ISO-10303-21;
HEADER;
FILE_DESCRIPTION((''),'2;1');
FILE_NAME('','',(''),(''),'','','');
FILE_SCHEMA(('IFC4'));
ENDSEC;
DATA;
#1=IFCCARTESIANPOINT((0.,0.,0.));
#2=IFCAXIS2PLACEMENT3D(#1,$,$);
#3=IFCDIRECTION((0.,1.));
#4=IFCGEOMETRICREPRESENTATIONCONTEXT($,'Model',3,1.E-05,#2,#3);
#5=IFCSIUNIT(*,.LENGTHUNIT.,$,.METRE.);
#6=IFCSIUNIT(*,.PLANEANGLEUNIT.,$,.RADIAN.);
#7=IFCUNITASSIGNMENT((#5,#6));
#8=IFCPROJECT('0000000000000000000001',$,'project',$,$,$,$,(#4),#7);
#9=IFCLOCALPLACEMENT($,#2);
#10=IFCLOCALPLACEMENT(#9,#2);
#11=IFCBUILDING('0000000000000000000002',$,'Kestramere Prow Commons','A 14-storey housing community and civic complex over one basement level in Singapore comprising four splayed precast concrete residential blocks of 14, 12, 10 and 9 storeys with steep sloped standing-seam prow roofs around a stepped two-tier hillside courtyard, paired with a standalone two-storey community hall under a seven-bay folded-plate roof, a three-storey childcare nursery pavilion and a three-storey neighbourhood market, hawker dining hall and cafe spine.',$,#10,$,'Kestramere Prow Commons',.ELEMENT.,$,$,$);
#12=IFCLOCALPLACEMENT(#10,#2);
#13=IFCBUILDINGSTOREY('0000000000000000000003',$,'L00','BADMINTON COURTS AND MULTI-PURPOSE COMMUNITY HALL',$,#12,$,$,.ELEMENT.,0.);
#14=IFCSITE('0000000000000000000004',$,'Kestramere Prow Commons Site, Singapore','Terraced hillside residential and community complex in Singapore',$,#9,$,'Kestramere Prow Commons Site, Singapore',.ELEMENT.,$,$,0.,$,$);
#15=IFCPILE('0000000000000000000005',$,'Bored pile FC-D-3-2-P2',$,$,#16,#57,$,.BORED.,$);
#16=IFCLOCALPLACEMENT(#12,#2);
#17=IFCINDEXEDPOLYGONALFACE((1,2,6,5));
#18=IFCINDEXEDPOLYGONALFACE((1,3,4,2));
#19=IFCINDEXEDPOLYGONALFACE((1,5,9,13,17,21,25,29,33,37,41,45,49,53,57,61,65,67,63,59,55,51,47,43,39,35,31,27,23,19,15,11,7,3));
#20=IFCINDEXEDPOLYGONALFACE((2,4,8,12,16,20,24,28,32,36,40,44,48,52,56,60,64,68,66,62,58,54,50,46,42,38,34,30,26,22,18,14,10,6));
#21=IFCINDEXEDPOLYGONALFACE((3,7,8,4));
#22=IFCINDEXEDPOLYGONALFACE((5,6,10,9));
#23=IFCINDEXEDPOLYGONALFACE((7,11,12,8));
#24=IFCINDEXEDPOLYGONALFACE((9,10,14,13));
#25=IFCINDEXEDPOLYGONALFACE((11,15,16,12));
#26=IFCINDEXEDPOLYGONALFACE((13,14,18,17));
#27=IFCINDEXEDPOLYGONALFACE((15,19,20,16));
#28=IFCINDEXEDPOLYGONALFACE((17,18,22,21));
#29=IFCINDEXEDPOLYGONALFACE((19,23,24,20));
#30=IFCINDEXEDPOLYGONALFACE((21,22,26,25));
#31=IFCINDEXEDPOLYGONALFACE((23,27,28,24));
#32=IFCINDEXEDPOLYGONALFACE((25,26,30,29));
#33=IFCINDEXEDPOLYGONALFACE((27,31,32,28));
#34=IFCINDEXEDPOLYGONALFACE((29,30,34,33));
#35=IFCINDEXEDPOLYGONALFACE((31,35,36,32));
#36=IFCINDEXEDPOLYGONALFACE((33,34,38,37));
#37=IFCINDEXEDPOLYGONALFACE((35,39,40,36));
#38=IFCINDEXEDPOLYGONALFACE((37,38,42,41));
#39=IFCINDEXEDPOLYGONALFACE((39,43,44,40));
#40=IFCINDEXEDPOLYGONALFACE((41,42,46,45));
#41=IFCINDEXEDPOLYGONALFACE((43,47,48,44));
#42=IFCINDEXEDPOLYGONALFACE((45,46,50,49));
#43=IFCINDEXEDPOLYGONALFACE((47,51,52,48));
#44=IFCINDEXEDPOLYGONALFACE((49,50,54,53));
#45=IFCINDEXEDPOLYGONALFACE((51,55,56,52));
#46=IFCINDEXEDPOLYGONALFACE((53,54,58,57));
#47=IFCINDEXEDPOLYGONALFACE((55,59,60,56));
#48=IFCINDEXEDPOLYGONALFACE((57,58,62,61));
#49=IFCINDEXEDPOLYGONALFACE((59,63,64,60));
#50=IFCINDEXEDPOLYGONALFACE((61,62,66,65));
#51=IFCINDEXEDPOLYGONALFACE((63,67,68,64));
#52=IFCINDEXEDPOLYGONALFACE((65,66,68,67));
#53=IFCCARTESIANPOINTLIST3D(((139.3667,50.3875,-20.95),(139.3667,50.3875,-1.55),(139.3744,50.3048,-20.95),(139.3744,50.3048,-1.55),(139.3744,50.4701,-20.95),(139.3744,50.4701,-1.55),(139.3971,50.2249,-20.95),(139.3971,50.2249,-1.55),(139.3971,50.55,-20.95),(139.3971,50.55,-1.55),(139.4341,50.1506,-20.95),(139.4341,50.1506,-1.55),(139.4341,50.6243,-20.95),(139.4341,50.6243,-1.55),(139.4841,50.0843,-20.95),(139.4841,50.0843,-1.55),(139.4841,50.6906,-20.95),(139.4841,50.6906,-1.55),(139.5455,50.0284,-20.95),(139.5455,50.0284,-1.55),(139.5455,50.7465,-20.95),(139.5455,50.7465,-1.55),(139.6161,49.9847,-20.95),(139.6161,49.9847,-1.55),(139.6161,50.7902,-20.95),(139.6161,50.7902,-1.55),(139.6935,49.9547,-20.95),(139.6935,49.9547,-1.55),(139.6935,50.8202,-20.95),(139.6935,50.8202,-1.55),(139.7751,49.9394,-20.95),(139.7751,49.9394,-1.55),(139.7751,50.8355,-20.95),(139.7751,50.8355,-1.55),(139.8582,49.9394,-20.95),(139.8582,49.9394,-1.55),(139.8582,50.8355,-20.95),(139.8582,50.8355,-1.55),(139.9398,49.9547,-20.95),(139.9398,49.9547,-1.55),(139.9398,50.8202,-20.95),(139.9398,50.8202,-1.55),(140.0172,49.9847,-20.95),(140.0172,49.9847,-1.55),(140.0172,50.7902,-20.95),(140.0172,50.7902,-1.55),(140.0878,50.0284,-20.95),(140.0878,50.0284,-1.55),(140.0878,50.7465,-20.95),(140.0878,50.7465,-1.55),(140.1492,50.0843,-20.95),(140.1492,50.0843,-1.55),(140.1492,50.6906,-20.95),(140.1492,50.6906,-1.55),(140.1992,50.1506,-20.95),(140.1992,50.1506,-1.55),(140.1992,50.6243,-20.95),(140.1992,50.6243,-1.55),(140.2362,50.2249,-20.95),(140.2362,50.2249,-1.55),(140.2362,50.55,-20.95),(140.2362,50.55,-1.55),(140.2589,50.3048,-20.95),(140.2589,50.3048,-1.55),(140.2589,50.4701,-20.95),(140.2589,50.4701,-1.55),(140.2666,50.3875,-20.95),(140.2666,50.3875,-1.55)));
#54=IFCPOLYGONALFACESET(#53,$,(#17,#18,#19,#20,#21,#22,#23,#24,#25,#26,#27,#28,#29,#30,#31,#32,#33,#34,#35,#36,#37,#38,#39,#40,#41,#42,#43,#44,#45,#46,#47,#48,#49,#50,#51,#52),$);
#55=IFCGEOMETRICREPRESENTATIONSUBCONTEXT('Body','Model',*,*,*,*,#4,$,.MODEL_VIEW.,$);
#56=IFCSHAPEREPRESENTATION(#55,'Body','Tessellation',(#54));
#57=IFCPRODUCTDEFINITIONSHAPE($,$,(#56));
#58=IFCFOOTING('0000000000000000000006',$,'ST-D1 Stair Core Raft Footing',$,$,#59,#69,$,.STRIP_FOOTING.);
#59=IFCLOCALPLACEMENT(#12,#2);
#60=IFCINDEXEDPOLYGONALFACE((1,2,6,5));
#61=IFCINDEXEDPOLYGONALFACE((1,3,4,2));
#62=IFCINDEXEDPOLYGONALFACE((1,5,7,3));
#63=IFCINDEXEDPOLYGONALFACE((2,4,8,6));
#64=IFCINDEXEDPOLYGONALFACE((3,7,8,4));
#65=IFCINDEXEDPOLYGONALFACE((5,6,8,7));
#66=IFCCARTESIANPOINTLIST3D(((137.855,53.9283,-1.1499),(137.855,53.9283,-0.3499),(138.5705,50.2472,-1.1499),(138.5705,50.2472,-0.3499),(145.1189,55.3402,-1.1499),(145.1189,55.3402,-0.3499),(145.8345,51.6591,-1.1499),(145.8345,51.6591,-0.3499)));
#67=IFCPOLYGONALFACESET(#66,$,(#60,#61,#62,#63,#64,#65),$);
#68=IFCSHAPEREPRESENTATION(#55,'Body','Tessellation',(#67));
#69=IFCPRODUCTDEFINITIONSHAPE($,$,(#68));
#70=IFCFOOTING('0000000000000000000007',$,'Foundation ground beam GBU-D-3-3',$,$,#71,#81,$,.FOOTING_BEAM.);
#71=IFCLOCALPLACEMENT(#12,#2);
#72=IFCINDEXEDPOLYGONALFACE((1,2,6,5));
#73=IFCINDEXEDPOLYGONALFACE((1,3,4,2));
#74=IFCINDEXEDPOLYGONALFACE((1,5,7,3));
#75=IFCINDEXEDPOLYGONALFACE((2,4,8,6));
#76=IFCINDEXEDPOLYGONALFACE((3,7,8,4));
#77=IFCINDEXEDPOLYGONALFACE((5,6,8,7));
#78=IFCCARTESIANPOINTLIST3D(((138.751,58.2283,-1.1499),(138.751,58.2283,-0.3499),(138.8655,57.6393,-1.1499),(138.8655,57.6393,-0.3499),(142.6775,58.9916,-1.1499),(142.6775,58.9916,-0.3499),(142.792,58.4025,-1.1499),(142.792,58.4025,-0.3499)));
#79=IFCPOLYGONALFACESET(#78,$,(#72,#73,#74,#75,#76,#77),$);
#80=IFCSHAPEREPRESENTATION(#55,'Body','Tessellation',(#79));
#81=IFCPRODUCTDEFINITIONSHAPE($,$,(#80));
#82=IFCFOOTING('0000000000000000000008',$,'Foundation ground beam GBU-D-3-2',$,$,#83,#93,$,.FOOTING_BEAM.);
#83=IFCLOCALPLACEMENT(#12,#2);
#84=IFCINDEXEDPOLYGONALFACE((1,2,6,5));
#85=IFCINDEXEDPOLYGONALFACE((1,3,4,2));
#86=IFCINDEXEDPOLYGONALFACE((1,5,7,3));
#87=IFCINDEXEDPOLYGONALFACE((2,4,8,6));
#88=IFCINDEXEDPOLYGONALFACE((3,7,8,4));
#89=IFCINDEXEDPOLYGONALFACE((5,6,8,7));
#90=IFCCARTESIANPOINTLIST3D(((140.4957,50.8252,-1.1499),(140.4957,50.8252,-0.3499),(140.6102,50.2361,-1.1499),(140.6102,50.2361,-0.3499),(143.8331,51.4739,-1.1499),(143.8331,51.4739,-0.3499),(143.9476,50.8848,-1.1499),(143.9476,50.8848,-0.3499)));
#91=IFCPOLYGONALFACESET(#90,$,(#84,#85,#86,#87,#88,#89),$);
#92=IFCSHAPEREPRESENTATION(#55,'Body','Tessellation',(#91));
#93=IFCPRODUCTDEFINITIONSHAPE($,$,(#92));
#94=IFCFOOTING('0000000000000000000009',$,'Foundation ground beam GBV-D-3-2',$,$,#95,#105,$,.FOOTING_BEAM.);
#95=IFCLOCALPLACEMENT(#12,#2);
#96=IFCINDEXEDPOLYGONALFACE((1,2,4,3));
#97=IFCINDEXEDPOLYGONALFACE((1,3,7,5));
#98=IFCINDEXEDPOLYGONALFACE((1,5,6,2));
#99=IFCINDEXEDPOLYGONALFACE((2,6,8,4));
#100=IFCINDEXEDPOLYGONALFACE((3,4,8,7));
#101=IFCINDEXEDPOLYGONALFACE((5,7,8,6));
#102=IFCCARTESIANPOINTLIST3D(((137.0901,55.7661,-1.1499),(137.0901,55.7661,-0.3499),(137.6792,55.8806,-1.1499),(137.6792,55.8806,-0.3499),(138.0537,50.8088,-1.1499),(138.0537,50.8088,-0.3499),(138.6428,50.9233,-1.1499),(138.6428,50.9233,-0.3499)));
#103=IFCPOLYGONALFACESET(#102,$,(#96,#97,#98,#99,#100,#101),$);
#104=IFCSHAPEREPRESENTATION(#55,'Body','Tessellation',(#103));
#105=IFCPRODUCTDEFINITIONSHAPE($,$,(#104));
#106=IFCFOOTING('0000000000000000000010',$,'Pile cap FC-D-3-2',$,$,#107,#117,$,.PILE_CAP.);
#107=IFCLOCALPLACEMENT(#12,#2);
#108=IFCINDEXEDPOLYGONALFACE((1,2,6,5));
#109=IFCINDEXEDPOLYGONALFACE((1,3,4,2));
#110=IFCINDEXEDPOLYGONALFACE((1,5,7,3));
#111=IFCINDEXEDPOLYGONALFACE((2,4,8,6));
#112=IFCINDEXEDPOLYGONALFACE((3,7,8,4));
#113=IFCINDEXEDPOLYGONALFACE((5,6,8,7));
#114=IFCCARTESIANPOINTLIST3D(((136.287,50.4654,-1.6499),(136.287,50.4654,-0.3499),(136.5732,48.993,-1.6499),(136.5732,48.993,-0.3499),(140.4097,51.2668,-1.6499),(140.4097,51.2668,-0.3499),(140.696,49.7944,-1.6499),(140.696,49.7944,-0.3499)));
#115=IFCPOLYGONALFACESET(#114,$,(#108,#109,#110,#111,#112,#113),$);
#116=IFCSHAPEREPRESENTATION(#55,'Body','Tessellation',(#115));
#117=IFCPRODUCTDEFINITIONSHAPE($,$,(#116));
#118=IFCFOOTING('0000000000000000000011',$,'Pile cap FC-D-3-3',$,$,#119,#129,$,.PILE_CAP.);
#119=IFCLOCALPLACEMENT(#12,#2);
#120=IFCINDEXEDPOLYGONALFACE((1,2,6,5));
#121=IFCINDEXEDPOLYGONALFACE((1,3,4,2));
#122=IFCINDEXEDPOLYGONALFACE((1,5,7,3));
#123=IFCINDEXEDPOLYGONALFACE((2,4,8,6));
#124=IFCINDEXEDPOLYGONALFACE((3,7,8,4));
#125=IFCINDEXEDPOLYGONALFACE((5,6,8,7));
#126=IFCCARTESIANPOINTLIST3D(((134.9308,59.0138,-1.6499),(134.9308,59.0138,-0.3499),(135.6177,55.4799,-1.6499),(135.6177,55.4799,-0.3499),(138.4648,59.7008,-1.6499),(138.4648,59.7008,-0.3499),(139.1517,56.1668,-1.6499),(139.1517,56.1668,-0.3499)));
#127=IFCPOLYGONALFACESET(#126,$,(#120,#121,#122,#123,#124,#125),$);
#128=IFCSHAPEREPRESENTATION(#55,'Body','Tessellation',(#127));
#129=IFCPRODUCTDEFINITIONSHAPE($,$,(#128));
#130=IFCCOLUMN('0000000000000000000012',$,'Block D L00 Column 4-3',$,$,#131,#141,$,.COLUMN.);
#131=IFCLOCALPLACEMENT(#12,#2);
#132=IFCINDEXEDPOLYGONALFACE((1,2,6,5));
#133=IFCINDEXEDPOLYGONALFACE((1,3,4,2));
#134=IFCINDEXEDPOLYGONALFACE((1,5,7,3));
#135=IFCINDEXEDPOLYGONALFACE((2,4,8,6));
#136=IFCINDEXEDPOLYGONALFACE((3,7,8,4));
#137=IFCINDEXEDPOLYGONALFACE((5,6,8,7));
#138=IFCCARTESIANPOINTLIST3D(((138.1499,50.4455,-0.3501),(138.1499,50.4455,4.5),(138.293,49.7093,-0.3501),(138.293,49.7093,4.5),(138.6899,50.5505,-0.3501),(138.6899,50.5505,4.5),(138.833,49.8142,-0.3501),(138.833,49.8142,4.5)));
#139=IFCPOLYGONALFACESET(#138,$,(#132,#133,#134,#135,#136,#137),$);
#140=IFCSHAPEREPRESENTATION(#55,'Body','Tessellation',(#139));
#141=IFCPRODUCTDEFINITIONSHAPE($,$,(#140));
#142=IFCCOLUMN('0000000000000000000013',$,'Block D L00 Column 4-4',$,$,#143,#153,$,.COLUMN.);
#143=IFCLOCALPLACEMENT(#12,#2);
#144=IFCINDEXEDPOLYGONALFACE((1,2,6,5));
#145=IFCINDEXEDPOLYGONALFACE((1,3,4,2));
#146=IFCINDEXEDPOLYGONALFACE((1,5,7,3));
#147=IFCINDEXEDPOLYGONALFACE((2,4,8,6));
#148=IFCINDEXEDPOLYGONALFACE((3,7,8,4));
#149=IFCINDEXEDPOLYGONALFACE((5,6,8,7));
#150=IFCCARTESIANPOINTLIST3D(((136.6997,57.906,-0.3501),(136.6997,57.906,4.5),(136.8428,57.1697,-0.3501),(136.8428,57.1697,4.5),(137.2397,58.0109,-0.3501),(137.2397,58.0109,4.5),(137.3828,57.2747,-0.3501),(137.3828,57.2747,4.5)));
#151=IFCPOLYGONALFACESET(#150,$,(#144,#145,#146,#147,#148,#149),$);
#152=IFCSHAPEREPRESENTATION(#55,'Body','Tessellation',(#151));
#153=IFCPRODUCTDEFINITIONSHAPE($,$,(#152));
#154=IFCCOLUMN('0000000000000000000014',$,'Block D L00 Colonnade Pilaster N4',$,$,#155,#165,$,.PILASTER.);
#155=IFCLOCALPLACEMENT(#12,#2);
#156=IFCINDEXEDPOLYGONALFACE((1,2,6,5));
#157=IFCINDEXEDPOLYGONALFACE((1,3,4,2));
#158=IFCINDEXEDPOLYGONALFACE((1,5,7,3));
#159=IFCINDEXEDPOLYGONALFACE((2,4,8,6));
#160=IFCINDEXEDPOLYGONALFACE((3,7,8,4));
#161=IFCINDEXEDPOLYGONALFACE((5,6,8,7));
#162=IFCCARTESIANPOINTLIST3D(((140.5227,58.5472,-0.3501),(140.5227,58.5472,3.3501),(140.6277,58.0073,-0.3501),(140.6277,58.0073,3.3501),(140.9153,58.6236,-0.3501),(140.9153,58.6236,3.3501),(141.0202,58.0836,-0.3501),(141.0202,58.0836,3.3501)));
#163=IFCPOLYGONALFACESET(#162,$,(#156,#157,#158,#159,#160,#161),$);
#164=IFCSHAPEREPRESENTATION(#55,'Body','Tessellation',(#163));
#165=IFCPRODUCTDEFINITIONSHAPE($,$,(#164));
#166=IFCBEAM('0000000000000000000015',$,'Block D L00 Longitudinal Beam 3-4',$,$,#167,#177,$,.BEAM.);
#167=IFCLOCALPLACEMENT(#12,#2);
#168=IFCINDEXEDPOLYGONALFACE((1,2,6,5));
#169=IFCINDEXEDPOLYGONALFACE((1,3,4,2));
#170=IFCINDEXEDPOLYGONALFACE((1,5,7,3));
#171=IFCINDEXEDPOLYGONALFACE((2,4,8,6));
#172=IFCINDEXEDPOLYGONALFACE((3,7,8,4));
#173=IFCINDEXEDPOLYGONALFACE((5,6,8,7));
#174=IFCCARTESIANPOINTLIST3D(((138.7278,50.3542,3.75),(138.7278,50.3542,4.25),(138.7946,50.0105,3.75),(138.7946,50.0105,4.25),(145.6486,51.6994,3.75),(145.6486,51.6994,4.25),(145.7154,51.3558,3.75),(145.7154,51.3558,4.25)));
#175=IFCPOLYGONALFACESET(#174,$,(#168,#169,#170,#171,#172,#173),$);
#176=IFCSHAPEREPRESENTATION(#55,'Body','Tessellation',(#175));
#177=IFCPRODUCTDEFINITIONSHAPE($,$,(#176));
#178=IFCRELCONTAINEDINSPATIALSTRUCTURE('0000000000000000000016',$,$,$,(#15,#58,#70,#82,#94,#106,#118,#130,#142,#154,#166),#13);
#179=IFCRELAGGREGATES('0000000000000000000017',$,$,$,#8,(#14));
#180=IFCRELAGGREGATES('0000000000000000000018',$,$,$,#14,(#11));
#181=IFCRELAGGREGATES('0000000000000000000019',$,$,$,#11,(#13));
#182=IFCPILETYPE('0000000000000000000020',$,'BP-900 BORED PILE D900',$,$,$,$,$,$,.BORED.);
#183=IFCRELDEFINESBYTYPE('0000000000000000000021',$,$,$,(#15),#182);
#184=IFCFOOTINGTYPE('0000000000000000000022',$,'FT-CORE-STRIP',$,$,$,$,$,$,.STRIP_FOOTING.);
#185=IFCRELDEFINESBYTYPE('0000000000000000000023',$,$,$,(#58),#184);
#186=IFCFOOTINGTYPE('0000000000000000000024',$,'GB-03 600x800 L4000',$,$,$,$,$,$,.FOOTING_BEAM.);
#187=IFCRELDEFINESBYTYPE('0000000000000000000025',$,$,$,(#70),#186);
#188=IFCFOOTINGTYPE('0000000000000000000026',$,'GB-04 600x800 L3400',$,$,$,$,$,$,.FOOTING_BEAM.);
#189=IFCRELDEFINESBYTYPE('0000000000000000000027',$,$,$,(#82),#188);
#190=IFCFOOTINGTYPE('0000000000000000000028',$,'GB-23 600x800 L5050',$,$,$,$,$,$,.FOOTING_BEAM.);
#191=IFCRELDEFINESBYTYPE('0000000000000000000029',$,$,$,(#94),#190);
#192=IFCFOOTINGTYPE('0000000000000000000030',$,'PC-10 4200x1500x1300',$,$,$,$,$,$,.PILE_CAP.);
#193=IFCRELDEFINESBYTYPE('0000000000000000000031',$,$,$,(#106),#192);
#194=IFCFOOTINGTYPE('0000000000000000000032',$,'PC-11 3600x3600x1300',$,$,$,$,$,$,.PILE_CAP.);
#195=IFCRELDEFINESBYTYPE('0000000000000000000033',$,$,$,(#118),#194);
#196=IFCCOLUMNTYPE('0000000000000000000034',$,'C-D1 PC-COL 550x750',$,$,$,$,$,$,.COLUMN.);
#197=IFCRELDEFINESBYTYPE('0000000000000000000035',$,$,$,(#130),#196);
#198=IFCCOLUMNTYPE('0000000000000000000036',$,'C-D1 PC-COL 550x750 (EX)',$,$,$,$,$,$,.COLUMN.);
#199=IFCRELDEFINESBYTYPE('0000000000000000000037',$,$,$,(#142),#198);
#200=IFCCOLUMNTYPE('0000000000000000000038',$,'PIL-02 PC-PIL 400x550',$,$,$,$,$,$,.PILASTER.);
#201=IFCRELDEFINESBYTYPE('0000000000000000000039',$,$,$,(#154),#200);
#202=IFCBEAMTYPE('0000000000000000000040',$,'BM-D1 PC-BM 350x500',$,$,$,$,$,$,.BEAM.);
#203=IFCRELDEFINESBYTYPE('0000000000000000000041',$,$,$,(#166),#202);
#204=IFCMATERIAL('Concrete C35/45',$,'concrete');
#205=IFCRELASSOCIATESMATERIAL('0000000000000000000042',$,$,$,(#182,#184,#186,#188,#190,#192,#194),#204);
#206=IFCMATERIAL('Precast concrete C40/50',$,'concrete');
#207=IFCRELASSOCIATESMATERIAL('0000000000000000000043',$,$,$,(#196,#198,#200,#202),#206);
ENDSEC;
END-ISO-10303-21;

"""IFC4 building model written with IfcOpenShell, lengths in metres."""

from ifc_helpers import new_model, si_unit, direction, frame, origin, origin_2d, place, context, subcontext, project, spatial, rectangle, circle, extrude, material, material_profile, profile_set, type_object, element, save


model = new_model("IFC4")

# Units and contexts
model_context = context("Model", 3, precision=1e-05, world=origin(), true_north=direction((0.0, 1.0)))
body_context = subcontext(model_context, "Body", "Model", "MODEL_VIEW")
ifc_project = project(units=[si_unit("LENGTHUNIT", "METRE"), si_unit("PLANEANGLEUNIT", "RADIAN")], contexts=[model_context])

# Site, building, storey
site_placement = place(None, origin())
site = spatial("IfcSite", under=ifc_project, at=site_placement, Name="Kestramere Prow Commons Site, Singapore", Description="Terraced hillside residential and community complex in Singapore", LongName="Kestramere Prow Commons Site, Singapore", CompositionType="ELEMENT", RefElevation=0.0)
building_placement = place(site_placement, origin())
building = spatial("IfcBuilding", under=site, at=building_placement, Name="Kestramere Prow Commons", Description="A 14-storey housing community and civic complex over one basement level in Singapore comprising four splayed precast concrete residential blocks of 14, 12, 10 and 9 storeys with steep sloped standing-seam prow roofs around a stepped two-tier hillside courtyard, paired with a standalone two-storey community hall under a seven-bay folded-plate roof, a three-storey childcare nursery pavilion and a three-storey neighbourhood market, hawker dining hall and cafe spine.", LongName="Kestramere Prow Commons", CompositionType="ELEMENT")
storey_placement = place(building_placement, origin())
storey = spatial("IfcBuildingStorey", under=building, at=storey_placement, Name="L00", Description="BADMINTON COURTS AND MULTI-PURPOSE COMMUNITY HALL", CompositionType="ELEMENT", Elevation=0.0)

# Pile
ifc_material_1 = material(Name="Concrete C35/45", Category="concrete")
ifc_material_profile_1 = material_profile(ifc_material_1, circle(Radius=0.45, at=origin_2d()), Name="BORED PILE D900")
ifc_profile_set_1 = profile_set([ifc_material_profile_1], Name="Concrete C35/45")
pile_type_1 = type_object("IfcPileType", Name="BP-900 BORED PILE D900", PredefinedType="BORED", material=ifc_profile_set_1)
for number, where, z_axis, x_axis, name in (
    (1, (139.8167, 50.3875, -1.55), (0.0, 0.0, -1.0), (1.0, 0.0, 0.0), "Bored pile FC-D-3-2-P2"),
):
    element("IfcPile", number, at=place(storey_placement, frame(where, z_axis=z_axis, x_axis=x_axis)), inside=storey, type_object=pile_type_1, Name=name, PredefinedType="BORED", context=body_context, shape_type="SweptSolid", body=[
        extrude(circle(Radius=0.45, at=origin_2d()), origin(), (0.0, 0.0, 1.0), 19.3999),
    ])

# Footings
footing_type_1 = type_object("IfcFootingType", Name="FT-CORE-STRIP", PredefinedType="STRIP_FOOTING", material=ifc_material_1)
footing_1_placement = place(storey_placement, frame((141.8447, 52.7937, -1.1499), z_axis=(0.0, 0.0, 1.0), x_axis=(0.981627, 0.190809, 0.0)))
element("IfcFooting", 2, at=footing_1_placement, inside=storey, type_object=footing_type_1, Name="ST-D1 Stair Core Raft Footing", PredefinedType="STRIP_FOOTING", context=body_context, shape_type="SweptSolid", body=[
    extrude(rectangle(XDim=7.3999, YDim=3.75, at=origin_2d()), origin(), (0.0, 0.0, 1.0), 0.8),
])
footing_type_2 = type_object("IfcFootingType", Name="GB-03 600x800 L4000", PredefinedType="FOOTING_BEAM", material=ifc_material_1)
footing_2_placement = place(storey_placement, frame((140.7715, 58.3154, -1.1499), z_axis=(0.0, 0.0, 1.0), x_axis=(0.981627, 0.190809, 0.0)))
element("IfcFooting", 3, at=footing_2_placement, inside=storey, type_object=footing_type_2, Name="Foundation ground beam GBU-D-3-3", PredefinedType="FOOTING_BEAM", context=body_context, shape_type="SweptSolid", body=[
    extrude(rectangle(XDim=4.0, YDim=0.6001, at=origin_2d()), origin(), (0.0, 0.0, 1.0), 0.8),
])
footing_type_3 = type_object("IfcFootingType", Name="GB-04 600x800 L3400", PredefinedType="FOOTING_BEAM", material=ifc_material_1)
footing_3_placement = place(storey_placement, frame((142.2217, 50.855, -1.1499), z_axis=(0.0, 0.0, 1.0), x_axis=(0.981627, 0.190809, 0.0)))
element("IfcFooting", 4, at=footing_3_placement, inside=storey, type_object=footing_type_3, Name="Foundation ground beam GBU-D-3-2", PredefinedType="FOOTING_BEAM", context=body_context, shape_type="SweptSolid", body=[
    extrude(rectangle(XDim=3.3999, YDim=0.6001, at=origin_2d()), origin(), (0.0, 0.0, 1.0), 0.8),
])
footing_type_4 = type_object("IfcFootingType", Name="GB-23 600x800 L5050", PredefinedType="FOOTING_BEAM", material=ifc_material_1)
footing_4_placement = place(storey_placement, frame((137.8665, 53.3447, -1.1499), z_axis=(0.0, 0.0, 1.0), x_axis=(-0.190809, 0.981627, 0.0)))
element("IfcFooting", 5, at=footing_4_placement, inside=storey, type_object=footing_type_4, Name="Foundation ground beam GBV-D-3-2", PredefinedType="FOOTING_BEAM", context=body_context, shape_type="SweptSolid", body=[
    extrude(rectangle(XDim=5.05, YDim=0.6001, at=origin_2d()), origin(), (0.0, 0.0, 1.0), 0.8),
])
footing_type_5 = type_object("IfcFootingType", Name="PC-10 4200x1500x1300", PredefinedType="PILE_CAP", material=ifc_material_1)
footing_5_placement = place(storey_placement, frame((138.4915, 50.1299, -1.6499), z_axis=(0.0, 0.0, 1.0), x_axis=(0.981627, 0.190809, 0.0)))
element("IfcFooting", 6, at=footing_5_placement, inside=storey, type_object=footing_type_5, Name="Pile cap FC-D-3-2", PredefinedType="PILE_CAP", context=body_context, shape_type="SweptSolid", body=[
    extrude(rectangle(XDim=4.2, YDim=1.5, at=origin_2d()), origin(), (0.0, 0.0, 1.0), 1.3),
])
footing_type_6 = type_object("IfcFootingType", Name="PC-11 3600x3600x1300", PredefinedType="PILE_CAP", material=ifc_material_1)
footing_6_placement = place(storey_placement, frame((137.0413, 57.5903, -1.6499), z_axis=(0.0, 0.0, 1.0), x_axis=(0.981627, 0.190809, 0.0)))
element("IfcFooting", 7, at=footing_6_placement, inside=storey, type_object=footing_type_6, Name="Pile cap FC-D-3-3", PredefinedType="PILE_CAP", context=body_context, shape_type="SweptSolid", body=[
    extrude(rectangle(XDim=3.6001, YDim=3.6001, at=origin_2d()), origin(), (0.0, 0.0, 1.0), 1.3),
])

# Columns
ifc_material_2 = material(Name="Precast concrete C40/50", Category="concrete")
ifc_material_profile_2 = material_profile(ifc_material_2, rectangle(XDim=0.55, YDim=0.75, at=origin_2d()), Name="PC-COL 550x750")
ifc_profile_set_2 = profile_set([ifc_material_profile_2], Name="Precast concrete C40/50")
column_type_1 = type_object("IfcColumnType", Name="C-D1 PC-COL 550x750", PredefinedType="COLUMN", material=ifc_profile_set_2)
column_1_placement = place(storey_placement, frame((138.4915, 50.1299, -0.3501), z_axis=(0.0, 0.0, 1.0), x_axis=(0.981627, 0.190809, 0.0)))
element("IfcColumn", 8, at=column_1_placement, inside=storey, type_object=column_type_1, Name="Block D L00 Column 4-3", PredefinedType="COLUMN", context=body_context, shape_type="SweptSolid", body=[
    extrude(rectangle(XDim=0.55, YDim=0.75, at=origin_2d()), origin(), (0.0, 0.0, 1.0), 4.8501),
])
ifc_material_profile_3 = material_profile(ifc_material_2, rectangle(XDim=0.55, YDim=0.75, at=origin_2d()), Name="PC-COL 550x750")
ifc_profile_set_3 = profile_set([ifc_material_profile_3], Name="Precast concrete C40/50")
column_type_2 = type_object("IfcColumnType", Name="C-D1 PC-COL 550x750 (EX)", PredefinedType="COLUMN", material=ifc_profile_set_3)
column_2_placement = place(storey_placement, frame((137.0413, 57.5903, -0.3501), z_axis=(0.0, 0.0, 1.0), x_axis=(0.981627, 0.190809, 0.0)))
element("IfcColumn", 9, at=column_2_placement, inside=storey, type_object=column_type_2, Name="Block D L00 Column 4-4", PredefinedType="COLUMN", context=body_context, shape_type="SweptSolid", body=[
    extrude(rectangle(XDim=0.55, YDim=0.75, at=origin_2d()), origin(), (0.0, 0.0, 1.0), 4.8501),
])
ifc_material_profile_4 = material_profile(ifc_material_2, rectangle(XDim=0.3999, YDim=0.55, at=origin_2d()), Name="PC-PIL 400x550")
ifc_profile_set_4 = profile_set([ifc_material_profile_4], Name="Precast concrete C40/50")
column_type_3 = type_object("IfcColumnType", Name="PIL-02 PC-PIL 400x550", PredefinedType="PILASTER", material=ifc_profile_set_4)
column_3_placement = place(storey_placement, frame((140.7715, 58.3154, -0.3501), z_axis=(0.0, 0.0, 1.0), x_axis=(0.981627, 0.190809, 0.0)))
element("IfcColumn", 10, at=column_3_placement, inside=storey, type_object=column_type_3, Name="Block D L00 Colonnade Pilaster N4", PredefinedType="PILASTER", context=body_context, shape_type="SweptSolid", body=[
    extrude(rectangle(XDim=0.3999, YDim=0.55, at=origin_2d()), origin(), (0.0, 0.0, 1.0), 3.7002),
])

# Beam
ifc_material_profile_5 = material_profile(ifc_material_2, rectangle(XDim=0.3501, YDim=0.5, at=origin_2d()), Name="PC-BM 350x500")
ifc_profile_set_5 = profile_set([ifc_material_profile_5], Name="Precast concrete C40/50")
beam_type_1 = type_object("IfcBeamType", Name="BM-D1 PC-BM 350x500", PredefinedType="BEAM", material=ifc_profile_set_5)
beam_1_placement = place(storey_placement, frame((138.7612, 50.1824, 4.0), z_axis=(0.981628, 0.190806, 0.0), x_axis=(-0.190806, 0.981628, 0.0)))
element("IfcBeam", 11, at=beam_1_placement, inside=storey, type_object=beam_type_1, Name="Block D L00 Longitudinal Beam 3-4", PredefinedType="BEAM", context=body_context, shape_type="SweptSolid", body=[
    extrude(rectangle(XDim=0.3501, YDim=0.5, at=origin_2d()), origin(), (0.0, 0.0, 1.0), 7.0503),
])

save(model, "model.ifc")
